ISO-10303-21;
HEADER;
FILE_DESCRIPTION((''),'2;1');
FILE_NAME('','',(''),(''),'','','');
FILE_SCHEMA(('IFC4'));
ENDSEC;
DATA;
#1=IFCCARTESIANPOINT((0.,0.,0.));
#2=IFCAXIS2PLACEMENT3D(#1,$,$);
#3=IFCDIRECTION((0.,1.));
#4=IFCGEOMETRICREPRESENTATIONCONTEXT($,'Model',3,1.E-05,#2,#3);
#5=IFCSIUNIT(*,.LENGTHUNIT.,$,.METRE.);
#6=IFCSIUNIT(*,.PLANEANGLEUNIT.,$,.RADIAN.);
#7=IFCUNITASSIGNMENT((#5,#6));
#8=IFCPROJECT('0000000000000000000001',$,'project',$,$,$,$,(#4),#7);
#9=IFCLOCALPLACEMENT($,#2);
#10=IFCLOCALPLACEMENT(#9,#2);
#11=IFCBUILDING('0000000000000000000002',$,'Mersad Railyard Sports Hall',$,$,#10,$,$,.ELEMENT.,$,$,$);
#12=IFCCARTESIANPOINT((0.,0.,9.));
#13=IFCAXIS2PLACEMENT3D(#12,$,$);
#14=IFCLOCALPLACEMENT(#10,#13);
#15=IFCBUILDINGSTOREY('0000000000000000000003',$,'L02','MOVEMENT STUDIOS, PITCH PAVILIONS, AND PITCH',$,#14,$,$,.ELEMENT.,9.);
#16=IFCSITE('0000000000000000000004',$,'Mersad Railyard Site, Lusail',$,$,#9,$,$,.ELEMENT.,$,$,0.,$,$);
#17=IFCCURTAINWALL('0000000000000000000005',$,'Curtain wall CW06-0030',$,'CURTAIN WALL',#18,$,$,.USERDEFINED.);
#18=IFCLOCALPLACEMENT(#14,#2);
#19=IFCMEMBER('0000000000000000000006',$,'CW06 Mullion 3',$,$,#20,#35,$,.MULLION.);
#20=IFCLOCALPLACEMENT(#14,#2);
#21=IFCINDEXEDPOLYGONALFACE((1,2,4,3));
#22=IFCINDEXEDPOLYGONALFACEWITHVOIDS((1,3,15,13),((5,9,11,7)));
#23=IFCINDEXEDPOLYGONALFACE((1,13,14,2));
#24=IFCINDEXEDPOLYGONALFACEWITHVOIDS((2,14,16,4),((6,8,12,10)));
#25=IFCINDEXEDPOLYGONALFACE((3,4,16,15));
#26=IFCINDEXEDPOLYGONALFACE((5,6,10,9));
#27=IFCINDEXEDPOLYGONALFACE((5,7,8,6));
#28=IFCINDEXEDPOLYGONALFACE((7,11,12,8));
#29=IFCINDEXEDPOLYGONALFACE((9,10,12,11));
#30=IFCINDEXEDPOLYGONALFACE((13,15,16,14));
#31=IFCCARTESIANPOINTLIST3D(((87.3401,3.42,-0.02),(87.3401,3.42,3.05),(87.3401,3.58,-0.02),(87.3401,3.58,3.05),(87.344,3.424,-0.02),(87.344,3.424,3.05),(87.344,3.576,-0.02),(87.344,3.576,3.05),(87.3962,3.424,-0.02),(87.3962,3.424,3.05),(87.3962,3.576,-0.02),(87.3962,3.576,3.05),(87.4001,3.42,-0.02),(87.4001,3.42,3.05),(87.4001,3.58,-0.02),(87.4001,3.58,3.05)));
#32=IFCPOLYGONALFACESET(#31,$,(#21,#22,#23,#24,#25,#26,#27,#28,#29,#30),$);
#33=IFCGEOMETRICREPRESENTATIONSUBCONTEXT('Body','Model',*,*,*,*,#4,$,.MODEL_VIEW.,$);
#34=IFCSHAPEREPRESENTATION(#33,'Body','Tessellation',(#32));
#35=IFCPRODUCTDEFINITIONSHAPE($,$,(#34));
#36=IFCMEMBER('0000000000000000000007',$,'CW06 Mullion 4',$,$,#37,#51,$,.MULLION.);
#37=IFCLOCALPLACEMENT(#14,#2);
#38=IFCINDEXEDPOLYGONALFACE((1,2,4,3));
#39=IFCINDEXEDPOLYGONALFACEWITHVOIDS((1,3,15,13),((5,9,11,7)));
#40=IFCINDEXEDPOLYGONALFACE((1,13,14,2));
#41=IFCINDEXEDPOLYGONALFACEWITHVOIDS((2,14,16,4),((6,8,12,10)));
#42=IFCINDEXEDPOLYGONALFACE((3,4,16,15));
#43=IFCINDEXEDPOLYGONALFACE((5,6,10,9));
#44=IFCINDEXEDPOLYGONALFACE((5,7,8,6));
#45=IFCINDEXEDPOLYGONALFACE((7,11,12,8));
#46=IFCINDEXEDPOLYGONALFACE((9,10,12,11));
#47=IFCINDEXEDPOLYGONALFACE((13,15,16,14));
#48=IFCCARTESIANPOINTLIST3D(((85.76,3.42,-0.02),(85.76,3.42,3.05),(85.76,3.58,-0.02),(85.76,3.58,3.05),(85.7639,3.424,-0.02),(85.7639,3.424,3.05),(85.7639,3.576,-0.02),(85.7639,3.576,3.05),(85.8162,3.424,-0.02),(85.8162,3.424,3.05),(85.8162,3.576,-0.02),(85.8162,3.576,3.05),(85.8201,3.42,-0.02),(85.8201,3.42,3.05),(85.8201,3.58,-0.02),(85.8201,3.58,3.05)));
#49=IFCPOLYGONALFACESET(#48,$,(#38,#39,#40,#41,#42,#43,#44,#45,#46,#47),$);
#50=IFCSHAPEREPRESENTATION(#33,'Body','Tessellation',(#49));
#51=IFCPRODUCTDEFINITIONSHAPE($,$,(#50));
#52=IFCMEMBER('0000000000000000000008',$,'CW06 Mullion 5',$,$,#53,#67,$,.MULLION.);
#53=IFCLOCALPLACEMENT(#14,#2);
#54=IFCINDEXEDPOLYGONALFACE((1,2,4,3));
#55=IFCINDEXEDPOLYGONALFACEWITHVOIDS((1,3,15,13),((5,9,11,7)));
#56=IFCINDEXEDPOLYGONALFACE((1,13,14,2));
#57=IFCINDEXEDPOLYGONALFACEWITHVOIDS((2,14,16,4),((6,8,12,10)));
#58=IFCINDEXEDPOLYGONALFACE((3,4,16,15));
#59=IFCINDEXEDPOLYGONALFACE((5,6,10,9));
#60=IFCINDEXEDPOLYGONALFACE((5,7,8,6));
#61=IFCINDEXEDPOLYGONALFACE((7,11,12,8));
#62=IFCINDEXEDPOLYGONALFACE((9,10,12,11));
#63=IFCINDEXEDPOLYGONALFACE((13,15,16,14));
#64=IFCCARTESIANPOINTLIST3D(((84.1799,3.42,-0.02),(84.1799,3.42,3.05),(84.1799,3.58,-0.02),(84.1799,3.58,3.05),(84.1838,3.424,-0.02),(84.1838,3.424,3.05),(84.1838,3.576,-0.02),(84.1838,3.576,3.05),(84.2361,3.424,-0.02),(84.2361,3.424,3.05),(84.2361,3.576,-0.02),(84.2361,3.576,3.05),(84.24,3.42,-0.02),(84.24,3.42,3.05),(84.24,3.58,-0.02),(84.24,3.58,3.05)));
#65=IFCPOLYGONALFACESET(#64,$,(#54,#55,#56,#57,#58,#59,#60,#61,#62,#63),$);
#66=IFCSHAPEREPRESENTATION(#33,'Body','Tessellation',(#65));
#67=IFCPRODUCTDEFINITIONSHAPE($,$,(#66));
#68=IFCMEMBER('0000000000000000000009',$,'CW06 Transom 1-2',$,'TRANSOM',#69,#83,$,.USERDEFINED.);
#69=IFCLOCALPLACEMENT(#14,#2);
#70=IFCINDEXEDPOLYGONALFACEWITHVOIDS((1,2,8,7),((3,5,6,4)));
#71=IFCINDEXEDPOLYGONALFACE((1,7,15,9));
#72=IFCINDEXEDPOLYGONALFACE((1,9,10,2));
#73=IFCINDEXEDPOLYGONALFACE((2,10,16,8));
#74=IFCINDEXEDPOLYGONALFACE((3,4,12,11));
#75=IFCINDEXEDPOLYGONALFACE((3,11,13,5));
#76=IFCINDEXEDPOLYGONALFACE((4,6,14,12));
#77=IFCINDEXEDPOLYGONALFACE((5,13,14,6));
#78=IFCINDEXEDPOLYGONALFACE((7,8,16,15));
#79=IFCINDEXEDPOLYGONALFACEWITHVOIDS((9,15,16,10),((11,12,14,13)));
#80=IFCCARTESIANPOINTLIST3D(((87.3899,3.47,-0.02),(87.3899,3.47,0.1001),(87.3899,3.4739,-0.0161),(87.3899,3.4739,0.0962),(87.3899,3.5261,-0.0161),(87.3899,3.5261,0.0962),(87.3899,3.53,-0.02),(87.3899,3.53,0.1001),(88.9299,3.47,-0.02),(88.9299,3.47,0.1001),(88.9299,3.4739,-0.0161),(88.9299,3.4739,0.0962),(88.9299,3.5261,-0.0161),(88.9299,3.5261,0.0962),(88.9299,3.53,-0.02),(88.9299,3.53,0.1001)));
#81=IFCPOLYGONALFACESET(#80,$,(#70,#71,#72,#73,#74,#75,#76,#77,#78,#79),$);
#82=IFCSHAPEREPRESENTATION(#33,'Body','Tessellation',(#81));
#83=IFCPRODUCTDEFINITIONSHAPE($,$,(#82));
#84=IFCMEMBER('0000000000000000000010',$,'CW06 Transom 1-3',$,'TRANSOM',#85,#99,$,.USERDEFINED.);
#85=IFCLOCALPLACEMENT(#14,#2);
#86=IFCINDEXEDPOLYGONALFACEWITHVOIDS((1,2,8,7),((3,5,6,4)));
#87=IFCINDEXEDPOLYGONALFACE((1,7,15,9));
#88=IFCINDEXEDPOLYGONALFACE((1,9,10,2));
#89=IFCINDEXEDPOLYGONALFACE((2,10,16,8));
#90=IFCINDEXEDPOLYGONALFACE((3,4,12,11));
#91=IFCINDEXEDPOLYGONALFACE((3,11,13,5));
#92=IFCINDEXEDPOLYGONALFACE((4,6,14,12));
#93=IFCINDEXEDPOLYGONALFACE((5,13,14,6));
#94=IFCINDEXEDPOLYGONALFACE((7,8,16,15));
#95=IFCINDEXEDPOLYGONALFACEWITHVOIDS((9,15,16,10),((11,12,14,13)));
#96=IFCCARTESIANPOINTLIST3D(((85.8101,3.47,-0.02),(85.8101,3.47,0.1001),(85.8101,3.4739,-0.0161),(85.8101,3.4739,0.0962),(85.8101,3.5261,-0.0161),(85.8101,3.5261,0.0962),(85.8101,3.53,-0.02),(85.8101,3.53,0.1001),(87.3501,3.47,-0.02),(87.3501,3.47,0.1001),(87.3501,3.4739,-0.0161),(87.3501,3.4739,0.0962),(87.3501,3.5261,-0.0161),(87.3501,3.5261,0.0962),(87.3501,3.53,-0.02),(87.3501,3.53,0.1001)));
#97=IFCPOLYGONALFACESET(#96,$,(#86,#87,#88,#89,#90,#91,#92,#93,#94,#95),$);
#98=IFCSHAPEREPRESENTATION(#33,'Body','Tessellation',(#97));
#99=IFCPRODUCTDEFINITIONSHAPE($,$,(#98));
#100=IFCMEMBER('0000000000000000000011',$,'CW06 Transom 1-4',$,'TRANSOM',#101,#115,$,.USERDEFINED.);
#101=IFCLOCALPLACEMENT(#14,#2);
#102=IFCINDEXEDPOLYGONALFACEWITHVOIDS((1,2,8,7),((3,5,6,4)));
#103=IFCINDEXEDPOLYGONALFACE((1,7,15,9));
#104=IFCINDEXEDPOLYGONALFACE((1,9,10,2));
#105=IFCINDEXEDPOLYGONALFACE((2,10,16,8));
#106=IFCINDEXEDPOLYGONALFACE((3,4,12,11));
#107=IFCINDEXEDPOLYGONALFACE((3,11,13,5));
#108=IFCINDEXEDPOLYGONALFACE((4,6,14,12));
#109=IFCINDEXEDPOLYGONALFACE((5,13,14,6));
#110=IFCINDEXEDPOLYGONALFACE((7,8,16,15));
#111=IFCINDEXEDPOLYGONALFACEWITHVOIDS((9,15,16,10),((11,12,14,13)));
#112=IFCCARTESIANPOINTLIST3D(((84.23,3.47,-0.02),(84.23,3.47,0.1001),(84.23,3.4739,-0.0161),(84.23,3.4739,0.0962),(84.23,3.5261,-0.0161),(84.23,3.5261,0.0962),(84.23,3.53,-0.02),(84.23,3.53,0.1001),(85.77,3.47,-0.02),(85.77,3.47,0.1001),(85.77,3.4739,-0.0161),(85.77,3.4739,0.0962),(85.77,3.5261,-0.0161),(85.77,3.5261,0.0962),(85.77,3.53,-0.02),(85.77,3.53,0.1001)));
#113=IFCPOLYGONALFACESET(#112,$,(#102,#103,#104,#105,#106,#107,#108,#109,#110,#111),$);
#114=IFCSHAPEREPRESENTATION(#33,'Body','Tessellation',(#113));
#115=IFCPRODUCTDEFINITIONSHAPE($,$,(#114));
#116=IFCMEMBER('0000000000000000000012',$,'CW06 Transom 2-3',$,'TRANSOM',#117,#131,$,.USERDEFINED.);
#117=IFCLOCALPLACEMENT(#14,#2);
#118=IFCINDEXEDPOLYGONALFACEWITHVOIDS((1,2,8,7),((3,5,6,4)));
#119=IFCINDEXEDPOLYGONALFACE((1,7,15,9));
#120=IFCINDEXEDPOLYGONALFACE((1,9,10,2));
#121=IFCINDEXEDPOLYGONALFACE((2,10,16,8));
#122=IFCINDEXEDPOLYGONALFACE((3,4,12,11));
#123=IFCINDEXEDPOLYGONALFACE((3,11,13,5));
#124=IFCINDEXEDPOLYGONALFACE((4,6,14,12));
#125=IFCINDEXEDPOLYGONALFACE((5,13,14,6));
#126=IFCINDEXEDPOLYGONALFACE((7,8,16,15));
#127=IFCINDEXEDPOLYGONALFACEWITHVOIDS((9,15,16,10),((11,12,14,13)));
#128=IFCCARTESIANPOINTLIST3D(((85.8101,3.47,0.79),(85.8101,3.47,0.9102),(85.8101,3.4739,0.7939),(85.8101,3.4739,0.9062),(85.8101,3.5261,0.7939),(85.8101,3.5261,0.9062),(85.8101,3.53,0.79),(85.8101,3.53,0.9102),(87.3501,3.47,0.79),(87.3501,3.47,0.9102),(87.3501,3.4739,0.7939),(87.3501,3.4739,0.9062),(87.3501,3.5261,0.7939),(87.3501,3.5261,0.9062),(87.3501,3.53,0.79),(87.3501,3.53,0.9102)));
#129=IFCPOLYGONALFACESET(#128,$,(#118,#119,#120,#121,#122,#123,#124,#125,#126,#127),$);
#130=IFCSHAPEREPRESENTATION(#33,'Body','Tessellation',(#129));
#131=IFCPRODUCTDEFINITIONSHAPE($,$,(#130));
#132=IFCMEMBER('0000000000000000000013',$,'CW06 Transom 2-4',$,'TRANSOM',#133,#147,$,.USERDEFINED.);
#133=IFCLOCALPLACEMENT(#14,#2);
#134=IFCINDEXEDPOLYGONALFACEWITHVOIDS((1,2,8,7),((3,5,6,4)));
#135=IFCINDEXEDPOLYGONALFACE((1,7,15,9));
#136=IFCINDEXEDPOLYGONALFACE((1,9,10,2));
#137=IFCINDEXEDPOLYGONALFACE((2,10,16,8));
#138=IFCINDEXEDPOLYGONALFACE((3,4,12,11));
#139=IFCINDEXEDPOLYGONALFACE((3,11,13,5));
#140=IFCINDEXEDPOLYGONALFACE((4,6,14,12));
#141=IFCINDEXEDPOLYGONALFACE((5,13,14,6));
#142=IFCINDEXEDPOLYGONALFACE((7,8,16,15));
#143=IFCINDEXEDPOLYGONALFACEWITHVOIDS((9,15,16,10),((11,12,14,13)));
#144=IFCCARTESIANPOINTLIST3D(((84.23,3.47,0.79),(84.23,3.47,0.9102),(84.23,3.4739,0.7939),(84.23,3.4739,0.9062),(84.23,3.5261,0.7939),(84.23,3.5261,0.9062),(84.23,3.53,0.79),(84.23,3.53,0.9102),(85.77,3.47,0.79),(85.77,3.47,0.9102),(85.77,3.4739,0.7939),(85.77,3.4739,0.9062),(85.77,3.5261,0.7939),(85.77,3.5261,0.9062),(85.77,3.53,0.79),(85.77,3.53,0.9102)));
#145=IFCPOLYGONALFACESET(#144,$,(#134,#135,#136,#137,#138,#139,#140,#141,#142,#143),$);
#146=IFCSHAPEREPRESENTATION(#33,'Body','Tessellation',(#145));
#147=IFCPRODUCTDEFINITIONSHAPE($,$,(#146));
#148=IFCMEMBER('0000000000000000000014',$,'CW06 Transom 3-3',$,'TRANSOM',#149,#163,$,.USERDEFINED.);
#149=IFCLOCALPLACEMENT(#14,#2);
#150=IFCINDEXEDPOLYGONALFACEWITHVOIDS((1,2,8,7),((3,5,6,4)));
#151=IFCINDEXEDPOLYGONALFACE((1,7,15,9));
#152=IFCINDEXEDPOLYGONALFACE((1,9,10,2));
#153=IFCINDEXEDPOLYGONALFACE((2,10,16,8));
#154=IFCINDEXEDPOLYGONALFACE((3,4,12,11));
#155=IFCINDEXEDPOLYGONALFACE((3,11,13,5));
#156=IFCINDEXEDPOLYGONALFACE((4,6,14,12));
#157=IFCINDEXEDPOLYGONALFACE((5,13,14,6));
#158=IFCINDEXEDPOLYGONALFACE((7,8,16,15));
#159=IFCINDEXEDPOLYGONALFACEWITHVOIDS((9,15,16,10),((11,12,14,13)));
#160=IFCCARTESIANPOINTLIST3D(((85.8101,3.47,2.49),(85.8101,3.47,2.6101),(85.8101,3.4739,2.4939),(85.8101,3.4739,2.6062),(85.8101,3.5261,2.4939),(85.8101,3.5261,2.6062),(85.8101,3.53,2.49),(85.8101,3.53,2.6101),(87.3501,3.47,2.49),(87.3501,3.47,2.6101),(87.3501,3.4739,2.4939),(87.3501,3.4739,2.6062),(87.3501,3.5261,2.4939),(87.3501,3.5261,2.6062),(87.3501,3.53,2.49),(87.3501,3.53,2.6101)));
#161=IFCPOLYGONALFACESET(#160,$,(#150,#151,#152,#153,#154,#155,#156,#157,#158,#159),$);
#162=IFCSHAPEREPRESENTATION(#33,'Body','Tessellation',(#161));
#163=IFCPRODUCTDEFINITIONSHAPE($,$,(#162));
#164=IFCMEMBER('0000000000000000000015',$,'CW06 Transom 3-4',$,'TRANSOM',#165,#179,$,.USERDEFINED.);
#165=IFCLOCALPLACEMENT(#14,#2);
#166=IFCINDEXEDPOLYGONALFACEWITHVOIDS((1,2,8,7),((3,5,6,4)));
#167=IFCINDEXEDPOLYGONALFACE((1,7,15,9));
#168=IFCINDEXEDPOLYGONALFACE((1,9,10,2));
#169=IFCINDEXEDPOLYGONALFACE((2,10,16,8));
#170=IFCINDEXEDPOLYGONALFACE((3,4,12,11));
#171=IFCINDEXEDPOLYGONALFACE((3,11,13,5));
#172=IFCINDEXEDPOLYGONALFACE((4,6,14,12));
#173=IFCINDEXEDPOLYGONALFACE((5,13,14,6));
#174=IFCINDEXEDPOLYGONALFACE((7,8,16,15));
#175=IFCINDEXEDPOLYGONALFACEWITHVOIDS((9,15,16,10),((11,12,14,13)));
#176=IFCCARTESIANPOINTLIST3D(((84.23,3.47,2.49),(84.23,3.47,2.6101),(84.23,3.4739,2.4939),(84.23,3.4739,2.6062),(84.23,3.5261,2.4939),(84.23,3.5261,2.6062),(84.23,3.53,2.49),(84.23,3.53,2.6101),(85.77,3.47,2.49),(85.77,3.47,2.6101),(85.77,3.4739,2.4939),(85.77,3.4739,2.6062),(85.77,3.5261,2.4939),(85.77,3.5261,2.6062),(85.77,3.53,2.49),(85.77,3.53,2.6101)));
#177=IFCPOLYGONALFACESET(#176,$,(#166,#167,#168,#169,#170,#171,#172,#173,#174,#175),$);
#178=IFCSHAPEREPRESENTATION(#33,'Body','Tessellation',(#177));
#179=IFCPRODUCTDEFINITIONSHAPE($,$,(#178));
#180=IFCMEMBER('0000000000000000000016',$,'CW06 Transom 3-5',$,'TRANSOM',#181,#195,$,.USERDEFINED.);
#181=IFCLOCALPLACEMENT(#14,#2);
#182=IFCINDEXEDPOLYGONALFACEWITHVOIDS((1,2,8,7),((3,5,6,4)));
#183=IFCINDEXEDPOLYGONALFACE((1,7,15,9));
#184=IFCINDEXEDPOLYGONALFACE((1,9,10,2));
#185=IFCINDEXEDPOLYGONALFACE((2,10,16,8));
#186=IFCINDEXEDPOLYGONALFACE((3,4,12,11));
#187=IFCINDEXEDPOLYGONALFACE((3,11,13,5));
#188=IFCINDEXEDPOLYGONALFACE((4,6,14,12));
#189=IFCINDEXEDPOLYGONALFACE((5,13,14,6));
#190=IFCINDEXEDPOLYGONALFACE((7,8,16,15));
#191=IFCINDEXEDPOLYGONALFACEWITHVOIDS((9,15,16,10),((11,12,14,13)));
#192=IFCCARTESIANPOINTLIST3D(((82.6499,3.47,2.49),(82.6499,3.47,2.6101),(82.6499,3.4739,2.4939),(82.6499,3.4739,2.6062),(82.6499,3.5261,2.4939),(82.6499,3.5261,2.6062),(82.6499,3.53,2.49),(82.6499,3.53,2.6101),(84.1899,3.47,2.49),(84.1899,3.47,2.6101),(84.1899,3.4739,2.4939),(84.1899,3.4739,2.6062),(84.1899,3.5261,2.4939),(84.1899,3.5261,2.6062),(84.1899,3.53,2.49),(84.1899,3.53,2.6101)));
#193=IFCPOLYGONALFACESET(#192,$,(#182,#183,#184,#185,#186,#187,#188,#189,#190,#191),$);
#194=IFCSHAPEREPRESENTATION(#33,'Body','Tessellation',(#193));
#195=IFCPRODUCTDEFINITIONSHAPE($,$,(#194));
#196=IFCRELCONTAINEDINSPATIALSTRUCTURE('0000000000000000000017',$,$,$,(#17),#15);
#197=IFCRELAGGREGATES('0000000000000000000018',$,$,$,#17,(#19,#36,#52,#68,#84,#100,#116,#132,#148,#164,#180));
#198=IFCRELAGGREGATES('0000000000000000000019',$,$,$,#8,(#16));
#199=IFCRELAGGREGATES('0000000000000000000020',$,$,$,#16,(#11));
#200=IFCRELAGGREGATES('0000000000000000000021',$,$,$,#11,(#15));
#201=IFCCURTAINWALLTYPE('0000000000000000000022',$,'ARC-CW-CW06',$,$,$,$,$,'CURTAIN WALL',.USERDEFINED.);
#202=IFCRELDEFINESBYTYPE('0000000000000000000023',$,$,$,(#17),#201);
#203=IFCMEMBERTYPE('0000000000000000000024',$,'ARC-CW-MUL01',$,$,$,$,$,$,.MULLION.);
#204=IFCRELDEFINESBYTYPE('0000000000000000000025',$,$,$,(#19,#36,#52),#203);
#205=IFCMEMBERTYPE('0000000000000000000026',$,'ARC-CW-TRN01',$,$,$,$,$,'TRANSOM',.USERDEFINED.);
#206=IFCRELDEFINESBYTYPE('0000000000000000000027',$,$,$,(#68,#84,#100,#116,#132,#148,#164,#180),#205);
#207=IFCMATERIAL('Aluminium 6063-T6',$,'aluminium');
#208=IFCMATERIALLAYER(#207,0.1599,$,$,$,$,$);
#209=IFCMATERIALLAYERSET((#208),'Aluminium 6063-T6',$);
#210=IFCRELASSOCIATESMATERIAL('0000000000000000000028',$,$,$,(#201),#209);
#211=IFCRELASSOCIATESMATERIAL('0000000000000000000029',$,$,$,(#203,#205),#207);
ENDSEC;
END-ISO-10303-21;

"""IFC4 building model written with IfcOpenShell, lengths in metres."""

from ifc_helpers import new_model, si_unit, direction, frame, origin, origin_2d, place, context, subcontext, project, spatial, hollow_rectangle, extrude, material, layer, layer_set, material_profile, profile_set, type_object, element, aggregate, save


model = new_model("IFC4")

# Units and contexts
model_context = context("Model", 3, precision=1e-05, world=origin(), true_north=direction((0.0, 1.0)))
body_context = subcontext(model_context, "Body", "Model", "MODEL_VIEW")
ifc_project = project(units=[si_unit("LENGTHUNIT", "METRE"), si_unit("PLANEANGLEUNIT", "RADIAN")], contexts=[model_context])

# Site, building, storey
site_placement = place(None, origin())
site = spatial("IfcSite", under=ifc_project, at=site_placement, Name="Mersad Railyard Site, Lusail", CompositionType="ELEMENT", RefElevation=0.0)
building_placement = place(site_placement, origin())
building = spatial("IfcBuilding", under=site, at=building_placement, Name="Mersad Railyard Sports Hall", CompositionType="ELEMENT")
storey_placement = place(building_placement, frame((0.0, 0.0, 9.0)))
storey = spatial("IfcBuildingStorey", under=building, at=storey_placement, Name="L02", Description="MOVEMENT STUDIOS, PITCH PAVILIONS, AND PITCH", CompositionType="ELEMENT", Elevation=9.0)

# Curtain wall, members
ifc_material_1 = material(Name="Aluminium 6063-T6", Category="aluminium")
ifc_layer_1 = layer(ifc_material_1, 0.1599)
ifc_layer_set_1 = layer_set([ifc_layer_1], Name="Aluminium 6063-T6")
curtain_wall_type = type_object("IfcCurtainWallType", Name="ARC-CW-CW06", ElementType="CURTAIN WALL", PredefinedType="USERDEFINED", material=ifc_layer_set_1)
curtain_wall_placement = place(storey_placement, origin())
curtain_wall = element("IfcCurtainWall", 1, at=curtain_wall_placement, inside=storey, type_object=curtain_wall_type, Name="Curtain wall CW06-0030", ObjectType="CURTAIN WALL", PredefinedType="USERDEFINED")
ifc_material_profile_1 = material_profile(ifc_material_1, hollow_rectangle(XDim=0.0601, YDim=0.1599, WallThickness=0.0039, at=origin_2d()), Name="AL MULLION 60x160x4")
ifc_profile_set_1 = profile_set([ifc_material_profile_1], Name="Aluminium 6063-T6")
member_type_1 = type_object("IfcMemberType", Name="ARC-CW-MUL01", PredefinedType="MULLION", material=ifc_profile_set_1)
member_1_placement = place(storey_placement, frame((87.3701, 3.5, -0.02), z_axis=(0.0, 0.0, 1.0), x_axis=(1.0, 0.0, 0.0)))
member_1 = element("IfcMember", 2, at=member_1_placement, type_object=member_type_1, Name="CW06 Mullion 3", PredefinedType="MULLION", context=body_context, shape_type="SweptSolid", body=[
    extrude(hollow_rectangle(XDim=0.0601, YDim=0.1599, WallThickness=0.0039, at=origin_2d()), origin(), (0.0, 0.0, 1.0), 3.0701),
])
member_2_placement = place(storey_placement, frame((85.79, 3.5, -0.02), z_axis=(0.0, 0.0, 1.0), x_axis=(1.0, 0.0, 0.0)))
member_2 = element("IfcMember", 3, at=member_2_placement, type_object=member_type_1, Name="CW06 Mullion 4", PredefinedType="MULLION", context=body_context, shape_type="SweptSolid", body=[
    extrude(hollow_rectangle(XDim=0.0601, YDim=0.1599, WallThickness=0.0039, at=origin_2d()), origin(), (0.0, 0.0, 1.0), 3.0701),
])
member_3_placement = place(storey_placement, frame((84.21, 3.5, -0.02), z_axis=(0.0, 0.0, 1.0), x_axis=(1.0, 0.0, 0.0)))
member_3 = element("IfcMember", 4, at=member_3_placement, type_object=member_type_1, Name="CW06 Mullion 5", PredefinedType="MULLION", context=body_context, shape_type="SweptSolid", body=[
    extrude(hollow_rectangle(XDim=0.0601, YDim=0.1599, WallThickness=0.0039, at=origin_2d()), origin(), (0.0, 0.0, 1.0), 3.0701),
])
ifc_material_profile_2 = material_profile(ifc_material_1, hollow_rectangle(XDim=0.0601, YDim=0.1201, WallThickness=0.0039, at=origin_2d()), Name="AL TRANSOM 60x120x4")
ifc_profile_set_2 = profile_set([ifc_material_profile_2], Name="Aluminium 6063-T6")
member_type_2 = type_object("IfcMemberType", Name="ARC-CW-TRN01", ElementType="TRANSOM", PredefinedType="USERDEFINED", material=ifc_profile_set_2)
member_4_placement = place(storey_placement, frame((88.9299, 3.5, 0.04), z_axis=(-1.0, 0.0, 0.0), x_axis=(0.0, -1.0, 0.0)))
member_4 = element("IfcMember", 5, at=member_4_placement, type_object=member_type_2, Name="CW06 Transom 1-2", ObjectType="TRANSOM", PredefinedType="USERDEFINED", context=body_context, shape_type="SweptSolid", body=[
    extrude(hollow_rectangle(XDim=0.0601, YDim=0.1201, WallThickness=0.0039, at=origin_2d()), origin(), (0.0, 0.0, 1.0), 1.54),
])
member_5_placement = place(storey_placement, frame((87.3501, 3.5, 0.04), z_axis=(-1.0, 0.0, 0.0), x_axis=(0.0, -1.0, 0.0)))
member_5 = element("IfcMember", 6, at=member_5_placement, type_object=member_type_2, Name="CW06 Transom 1-3", ObjectType="TRANSOM", PredefinedType="USERDEFINED", context=body_context, shape_type="SweptSolid", body=[
    extrude(hollow_rectangle(XDim=0.0601, YDim=0.1201, WallThickness=0.0039, at=origin_2d()), origin(), (0.0, 0.0, 1.0), 1.54),
])
member_6_placement = place(storey_placement, frame((85.77, 3.5, 0.04), z_axis=(-1.0, 0.0, 0.0), x_axis=(0.0, -1.0, 0.0)))
member_6 = element("IfcMember", 7, at=member_6_placement, type_object=member_type_2, Name="CW06 Transom 1-4", ObjectType="TRANSOM", PredefinedType="USERDEFINED", context=body_context, shape_type="SweptSolid", body=[
    extrude(hollow_rectangle(XDim=0.0601, YDim=0.1201, WallThickness=0.0039, at=origin_2d()), origin(), (0.0, 0.0, 1.0), 1.54),
])
member_7_placement = place(storey_placement, frame((87.3501, 3.5, 0.8501), z_axis=(-1.0, 0.0, 0.0), x_axis=(0.0, -1.0, 0.0)))
member_7 = element("IfcMember", 8, at=member_7_placement, type_object=member_type_2, Name="CW06 Transom 2-3", ObjectType="TRANSOM", PredefinedType="USERDEFINED", context=body_context, shape_type="SweptSolid", body=[
    extrude(hollow_rectangle(XDim=0.0601, YDim=0.1201, WallThickness=0.0039, at=origin_2d()), origin(), (0.0, 0.0, 1.0), 1.54),
])
member_8_placement = place(storey_placement, frame((85.77, 3.5, 0.8501), z_axis=(-1.0, 0.0, 0.0), x_axis=(0.0, -1.0, 0.0)))
member_8 = element("IfcMember", 9, at=member_8_placement, type_object=member_type_2, Name="CW06 Transom 2-4", ObjectType="TRANSOM", PredefinedType="USERDEFINED", context=body_context, shape_type="SweptSolid", body=[
    extrude(hollow_rectangle(XDim=0.0601, YDim=0.1201, WallThickness=0.0039, at=origin_2d()), origin(), (0.0, 0.0, 1.0), 1.54),
])
member_9_placement = place(storey_placement, frame((87.3501, 3.5, 2.55), z_axis=(-1.0, 0.0, 0.0), x_axis=(0.0, -1.0, 0.0)))
member_9 = element("IfcMember", 10, at=member_9_placement, type_object=member_type_2, Name="CW06 Transom 3-3", ObjectType="TRANSOM", PredefinedType="USERDEFINED", context=body_context, shape_type="SweptSolid", body=[
    extrude(hollow_rectangle(XDim=0.0601, YDim=0.1201, WallThickness=0.0039, at=origin_2d()), origin(), (0.0, 0.0, 1.0), 1.54),
])
member_10_placement = place(storey_placement, frame((85.77, 3.5, 2.55), z_axis=(-1.0, 0.0, 0.0), x_axis=(0.0, -1.0, 0.0)))
member_10 = element("IfcMember", 11, at=member_10_placement, type_object=member_type_2, Name="CW06 Transom 3-4", ObjectType="TRANSOM", PredefinedType="USERDEFINED", context=body_context, shape_type="SweptSolid", body=[
    extrude(hollow_rectangle(XDim=0.0601, YDim=0.1201, WallThickness=0.0039, at=origin_2d()), origin(), (0.0, 0.0, 1.0), 1.54),
])
member_11_placement = place(storey_placement, frame((84.1899, 3.5, 2.55), z_axis=(-1.0, 0.0, 0.0), x_axis=(0.0, -1.0, 0.0)))
member_11 = element("IfcMember", 12, at=member_11_placement, type_object=member_type_2, Name="CW06 Transom 3-5", ObjectType="TRANSOM", PredefinedType="USERDEFINED", context=body_context, shape_type="SweptSolid", body=[
    extrude(hollow_rectangle(XDim=0.0601, YDim=0.1201, WallThickness=0.0039, at=origin_2d()), origin(), (0.0, 0.0, 1.0), 1.54),
])
aggregate(curtain_wall, [member_1, member_2, member_3, member_4, member_5, member_6, member_7, member_8, member_9, member_10, member_11])

save(model, "model.ifc")
